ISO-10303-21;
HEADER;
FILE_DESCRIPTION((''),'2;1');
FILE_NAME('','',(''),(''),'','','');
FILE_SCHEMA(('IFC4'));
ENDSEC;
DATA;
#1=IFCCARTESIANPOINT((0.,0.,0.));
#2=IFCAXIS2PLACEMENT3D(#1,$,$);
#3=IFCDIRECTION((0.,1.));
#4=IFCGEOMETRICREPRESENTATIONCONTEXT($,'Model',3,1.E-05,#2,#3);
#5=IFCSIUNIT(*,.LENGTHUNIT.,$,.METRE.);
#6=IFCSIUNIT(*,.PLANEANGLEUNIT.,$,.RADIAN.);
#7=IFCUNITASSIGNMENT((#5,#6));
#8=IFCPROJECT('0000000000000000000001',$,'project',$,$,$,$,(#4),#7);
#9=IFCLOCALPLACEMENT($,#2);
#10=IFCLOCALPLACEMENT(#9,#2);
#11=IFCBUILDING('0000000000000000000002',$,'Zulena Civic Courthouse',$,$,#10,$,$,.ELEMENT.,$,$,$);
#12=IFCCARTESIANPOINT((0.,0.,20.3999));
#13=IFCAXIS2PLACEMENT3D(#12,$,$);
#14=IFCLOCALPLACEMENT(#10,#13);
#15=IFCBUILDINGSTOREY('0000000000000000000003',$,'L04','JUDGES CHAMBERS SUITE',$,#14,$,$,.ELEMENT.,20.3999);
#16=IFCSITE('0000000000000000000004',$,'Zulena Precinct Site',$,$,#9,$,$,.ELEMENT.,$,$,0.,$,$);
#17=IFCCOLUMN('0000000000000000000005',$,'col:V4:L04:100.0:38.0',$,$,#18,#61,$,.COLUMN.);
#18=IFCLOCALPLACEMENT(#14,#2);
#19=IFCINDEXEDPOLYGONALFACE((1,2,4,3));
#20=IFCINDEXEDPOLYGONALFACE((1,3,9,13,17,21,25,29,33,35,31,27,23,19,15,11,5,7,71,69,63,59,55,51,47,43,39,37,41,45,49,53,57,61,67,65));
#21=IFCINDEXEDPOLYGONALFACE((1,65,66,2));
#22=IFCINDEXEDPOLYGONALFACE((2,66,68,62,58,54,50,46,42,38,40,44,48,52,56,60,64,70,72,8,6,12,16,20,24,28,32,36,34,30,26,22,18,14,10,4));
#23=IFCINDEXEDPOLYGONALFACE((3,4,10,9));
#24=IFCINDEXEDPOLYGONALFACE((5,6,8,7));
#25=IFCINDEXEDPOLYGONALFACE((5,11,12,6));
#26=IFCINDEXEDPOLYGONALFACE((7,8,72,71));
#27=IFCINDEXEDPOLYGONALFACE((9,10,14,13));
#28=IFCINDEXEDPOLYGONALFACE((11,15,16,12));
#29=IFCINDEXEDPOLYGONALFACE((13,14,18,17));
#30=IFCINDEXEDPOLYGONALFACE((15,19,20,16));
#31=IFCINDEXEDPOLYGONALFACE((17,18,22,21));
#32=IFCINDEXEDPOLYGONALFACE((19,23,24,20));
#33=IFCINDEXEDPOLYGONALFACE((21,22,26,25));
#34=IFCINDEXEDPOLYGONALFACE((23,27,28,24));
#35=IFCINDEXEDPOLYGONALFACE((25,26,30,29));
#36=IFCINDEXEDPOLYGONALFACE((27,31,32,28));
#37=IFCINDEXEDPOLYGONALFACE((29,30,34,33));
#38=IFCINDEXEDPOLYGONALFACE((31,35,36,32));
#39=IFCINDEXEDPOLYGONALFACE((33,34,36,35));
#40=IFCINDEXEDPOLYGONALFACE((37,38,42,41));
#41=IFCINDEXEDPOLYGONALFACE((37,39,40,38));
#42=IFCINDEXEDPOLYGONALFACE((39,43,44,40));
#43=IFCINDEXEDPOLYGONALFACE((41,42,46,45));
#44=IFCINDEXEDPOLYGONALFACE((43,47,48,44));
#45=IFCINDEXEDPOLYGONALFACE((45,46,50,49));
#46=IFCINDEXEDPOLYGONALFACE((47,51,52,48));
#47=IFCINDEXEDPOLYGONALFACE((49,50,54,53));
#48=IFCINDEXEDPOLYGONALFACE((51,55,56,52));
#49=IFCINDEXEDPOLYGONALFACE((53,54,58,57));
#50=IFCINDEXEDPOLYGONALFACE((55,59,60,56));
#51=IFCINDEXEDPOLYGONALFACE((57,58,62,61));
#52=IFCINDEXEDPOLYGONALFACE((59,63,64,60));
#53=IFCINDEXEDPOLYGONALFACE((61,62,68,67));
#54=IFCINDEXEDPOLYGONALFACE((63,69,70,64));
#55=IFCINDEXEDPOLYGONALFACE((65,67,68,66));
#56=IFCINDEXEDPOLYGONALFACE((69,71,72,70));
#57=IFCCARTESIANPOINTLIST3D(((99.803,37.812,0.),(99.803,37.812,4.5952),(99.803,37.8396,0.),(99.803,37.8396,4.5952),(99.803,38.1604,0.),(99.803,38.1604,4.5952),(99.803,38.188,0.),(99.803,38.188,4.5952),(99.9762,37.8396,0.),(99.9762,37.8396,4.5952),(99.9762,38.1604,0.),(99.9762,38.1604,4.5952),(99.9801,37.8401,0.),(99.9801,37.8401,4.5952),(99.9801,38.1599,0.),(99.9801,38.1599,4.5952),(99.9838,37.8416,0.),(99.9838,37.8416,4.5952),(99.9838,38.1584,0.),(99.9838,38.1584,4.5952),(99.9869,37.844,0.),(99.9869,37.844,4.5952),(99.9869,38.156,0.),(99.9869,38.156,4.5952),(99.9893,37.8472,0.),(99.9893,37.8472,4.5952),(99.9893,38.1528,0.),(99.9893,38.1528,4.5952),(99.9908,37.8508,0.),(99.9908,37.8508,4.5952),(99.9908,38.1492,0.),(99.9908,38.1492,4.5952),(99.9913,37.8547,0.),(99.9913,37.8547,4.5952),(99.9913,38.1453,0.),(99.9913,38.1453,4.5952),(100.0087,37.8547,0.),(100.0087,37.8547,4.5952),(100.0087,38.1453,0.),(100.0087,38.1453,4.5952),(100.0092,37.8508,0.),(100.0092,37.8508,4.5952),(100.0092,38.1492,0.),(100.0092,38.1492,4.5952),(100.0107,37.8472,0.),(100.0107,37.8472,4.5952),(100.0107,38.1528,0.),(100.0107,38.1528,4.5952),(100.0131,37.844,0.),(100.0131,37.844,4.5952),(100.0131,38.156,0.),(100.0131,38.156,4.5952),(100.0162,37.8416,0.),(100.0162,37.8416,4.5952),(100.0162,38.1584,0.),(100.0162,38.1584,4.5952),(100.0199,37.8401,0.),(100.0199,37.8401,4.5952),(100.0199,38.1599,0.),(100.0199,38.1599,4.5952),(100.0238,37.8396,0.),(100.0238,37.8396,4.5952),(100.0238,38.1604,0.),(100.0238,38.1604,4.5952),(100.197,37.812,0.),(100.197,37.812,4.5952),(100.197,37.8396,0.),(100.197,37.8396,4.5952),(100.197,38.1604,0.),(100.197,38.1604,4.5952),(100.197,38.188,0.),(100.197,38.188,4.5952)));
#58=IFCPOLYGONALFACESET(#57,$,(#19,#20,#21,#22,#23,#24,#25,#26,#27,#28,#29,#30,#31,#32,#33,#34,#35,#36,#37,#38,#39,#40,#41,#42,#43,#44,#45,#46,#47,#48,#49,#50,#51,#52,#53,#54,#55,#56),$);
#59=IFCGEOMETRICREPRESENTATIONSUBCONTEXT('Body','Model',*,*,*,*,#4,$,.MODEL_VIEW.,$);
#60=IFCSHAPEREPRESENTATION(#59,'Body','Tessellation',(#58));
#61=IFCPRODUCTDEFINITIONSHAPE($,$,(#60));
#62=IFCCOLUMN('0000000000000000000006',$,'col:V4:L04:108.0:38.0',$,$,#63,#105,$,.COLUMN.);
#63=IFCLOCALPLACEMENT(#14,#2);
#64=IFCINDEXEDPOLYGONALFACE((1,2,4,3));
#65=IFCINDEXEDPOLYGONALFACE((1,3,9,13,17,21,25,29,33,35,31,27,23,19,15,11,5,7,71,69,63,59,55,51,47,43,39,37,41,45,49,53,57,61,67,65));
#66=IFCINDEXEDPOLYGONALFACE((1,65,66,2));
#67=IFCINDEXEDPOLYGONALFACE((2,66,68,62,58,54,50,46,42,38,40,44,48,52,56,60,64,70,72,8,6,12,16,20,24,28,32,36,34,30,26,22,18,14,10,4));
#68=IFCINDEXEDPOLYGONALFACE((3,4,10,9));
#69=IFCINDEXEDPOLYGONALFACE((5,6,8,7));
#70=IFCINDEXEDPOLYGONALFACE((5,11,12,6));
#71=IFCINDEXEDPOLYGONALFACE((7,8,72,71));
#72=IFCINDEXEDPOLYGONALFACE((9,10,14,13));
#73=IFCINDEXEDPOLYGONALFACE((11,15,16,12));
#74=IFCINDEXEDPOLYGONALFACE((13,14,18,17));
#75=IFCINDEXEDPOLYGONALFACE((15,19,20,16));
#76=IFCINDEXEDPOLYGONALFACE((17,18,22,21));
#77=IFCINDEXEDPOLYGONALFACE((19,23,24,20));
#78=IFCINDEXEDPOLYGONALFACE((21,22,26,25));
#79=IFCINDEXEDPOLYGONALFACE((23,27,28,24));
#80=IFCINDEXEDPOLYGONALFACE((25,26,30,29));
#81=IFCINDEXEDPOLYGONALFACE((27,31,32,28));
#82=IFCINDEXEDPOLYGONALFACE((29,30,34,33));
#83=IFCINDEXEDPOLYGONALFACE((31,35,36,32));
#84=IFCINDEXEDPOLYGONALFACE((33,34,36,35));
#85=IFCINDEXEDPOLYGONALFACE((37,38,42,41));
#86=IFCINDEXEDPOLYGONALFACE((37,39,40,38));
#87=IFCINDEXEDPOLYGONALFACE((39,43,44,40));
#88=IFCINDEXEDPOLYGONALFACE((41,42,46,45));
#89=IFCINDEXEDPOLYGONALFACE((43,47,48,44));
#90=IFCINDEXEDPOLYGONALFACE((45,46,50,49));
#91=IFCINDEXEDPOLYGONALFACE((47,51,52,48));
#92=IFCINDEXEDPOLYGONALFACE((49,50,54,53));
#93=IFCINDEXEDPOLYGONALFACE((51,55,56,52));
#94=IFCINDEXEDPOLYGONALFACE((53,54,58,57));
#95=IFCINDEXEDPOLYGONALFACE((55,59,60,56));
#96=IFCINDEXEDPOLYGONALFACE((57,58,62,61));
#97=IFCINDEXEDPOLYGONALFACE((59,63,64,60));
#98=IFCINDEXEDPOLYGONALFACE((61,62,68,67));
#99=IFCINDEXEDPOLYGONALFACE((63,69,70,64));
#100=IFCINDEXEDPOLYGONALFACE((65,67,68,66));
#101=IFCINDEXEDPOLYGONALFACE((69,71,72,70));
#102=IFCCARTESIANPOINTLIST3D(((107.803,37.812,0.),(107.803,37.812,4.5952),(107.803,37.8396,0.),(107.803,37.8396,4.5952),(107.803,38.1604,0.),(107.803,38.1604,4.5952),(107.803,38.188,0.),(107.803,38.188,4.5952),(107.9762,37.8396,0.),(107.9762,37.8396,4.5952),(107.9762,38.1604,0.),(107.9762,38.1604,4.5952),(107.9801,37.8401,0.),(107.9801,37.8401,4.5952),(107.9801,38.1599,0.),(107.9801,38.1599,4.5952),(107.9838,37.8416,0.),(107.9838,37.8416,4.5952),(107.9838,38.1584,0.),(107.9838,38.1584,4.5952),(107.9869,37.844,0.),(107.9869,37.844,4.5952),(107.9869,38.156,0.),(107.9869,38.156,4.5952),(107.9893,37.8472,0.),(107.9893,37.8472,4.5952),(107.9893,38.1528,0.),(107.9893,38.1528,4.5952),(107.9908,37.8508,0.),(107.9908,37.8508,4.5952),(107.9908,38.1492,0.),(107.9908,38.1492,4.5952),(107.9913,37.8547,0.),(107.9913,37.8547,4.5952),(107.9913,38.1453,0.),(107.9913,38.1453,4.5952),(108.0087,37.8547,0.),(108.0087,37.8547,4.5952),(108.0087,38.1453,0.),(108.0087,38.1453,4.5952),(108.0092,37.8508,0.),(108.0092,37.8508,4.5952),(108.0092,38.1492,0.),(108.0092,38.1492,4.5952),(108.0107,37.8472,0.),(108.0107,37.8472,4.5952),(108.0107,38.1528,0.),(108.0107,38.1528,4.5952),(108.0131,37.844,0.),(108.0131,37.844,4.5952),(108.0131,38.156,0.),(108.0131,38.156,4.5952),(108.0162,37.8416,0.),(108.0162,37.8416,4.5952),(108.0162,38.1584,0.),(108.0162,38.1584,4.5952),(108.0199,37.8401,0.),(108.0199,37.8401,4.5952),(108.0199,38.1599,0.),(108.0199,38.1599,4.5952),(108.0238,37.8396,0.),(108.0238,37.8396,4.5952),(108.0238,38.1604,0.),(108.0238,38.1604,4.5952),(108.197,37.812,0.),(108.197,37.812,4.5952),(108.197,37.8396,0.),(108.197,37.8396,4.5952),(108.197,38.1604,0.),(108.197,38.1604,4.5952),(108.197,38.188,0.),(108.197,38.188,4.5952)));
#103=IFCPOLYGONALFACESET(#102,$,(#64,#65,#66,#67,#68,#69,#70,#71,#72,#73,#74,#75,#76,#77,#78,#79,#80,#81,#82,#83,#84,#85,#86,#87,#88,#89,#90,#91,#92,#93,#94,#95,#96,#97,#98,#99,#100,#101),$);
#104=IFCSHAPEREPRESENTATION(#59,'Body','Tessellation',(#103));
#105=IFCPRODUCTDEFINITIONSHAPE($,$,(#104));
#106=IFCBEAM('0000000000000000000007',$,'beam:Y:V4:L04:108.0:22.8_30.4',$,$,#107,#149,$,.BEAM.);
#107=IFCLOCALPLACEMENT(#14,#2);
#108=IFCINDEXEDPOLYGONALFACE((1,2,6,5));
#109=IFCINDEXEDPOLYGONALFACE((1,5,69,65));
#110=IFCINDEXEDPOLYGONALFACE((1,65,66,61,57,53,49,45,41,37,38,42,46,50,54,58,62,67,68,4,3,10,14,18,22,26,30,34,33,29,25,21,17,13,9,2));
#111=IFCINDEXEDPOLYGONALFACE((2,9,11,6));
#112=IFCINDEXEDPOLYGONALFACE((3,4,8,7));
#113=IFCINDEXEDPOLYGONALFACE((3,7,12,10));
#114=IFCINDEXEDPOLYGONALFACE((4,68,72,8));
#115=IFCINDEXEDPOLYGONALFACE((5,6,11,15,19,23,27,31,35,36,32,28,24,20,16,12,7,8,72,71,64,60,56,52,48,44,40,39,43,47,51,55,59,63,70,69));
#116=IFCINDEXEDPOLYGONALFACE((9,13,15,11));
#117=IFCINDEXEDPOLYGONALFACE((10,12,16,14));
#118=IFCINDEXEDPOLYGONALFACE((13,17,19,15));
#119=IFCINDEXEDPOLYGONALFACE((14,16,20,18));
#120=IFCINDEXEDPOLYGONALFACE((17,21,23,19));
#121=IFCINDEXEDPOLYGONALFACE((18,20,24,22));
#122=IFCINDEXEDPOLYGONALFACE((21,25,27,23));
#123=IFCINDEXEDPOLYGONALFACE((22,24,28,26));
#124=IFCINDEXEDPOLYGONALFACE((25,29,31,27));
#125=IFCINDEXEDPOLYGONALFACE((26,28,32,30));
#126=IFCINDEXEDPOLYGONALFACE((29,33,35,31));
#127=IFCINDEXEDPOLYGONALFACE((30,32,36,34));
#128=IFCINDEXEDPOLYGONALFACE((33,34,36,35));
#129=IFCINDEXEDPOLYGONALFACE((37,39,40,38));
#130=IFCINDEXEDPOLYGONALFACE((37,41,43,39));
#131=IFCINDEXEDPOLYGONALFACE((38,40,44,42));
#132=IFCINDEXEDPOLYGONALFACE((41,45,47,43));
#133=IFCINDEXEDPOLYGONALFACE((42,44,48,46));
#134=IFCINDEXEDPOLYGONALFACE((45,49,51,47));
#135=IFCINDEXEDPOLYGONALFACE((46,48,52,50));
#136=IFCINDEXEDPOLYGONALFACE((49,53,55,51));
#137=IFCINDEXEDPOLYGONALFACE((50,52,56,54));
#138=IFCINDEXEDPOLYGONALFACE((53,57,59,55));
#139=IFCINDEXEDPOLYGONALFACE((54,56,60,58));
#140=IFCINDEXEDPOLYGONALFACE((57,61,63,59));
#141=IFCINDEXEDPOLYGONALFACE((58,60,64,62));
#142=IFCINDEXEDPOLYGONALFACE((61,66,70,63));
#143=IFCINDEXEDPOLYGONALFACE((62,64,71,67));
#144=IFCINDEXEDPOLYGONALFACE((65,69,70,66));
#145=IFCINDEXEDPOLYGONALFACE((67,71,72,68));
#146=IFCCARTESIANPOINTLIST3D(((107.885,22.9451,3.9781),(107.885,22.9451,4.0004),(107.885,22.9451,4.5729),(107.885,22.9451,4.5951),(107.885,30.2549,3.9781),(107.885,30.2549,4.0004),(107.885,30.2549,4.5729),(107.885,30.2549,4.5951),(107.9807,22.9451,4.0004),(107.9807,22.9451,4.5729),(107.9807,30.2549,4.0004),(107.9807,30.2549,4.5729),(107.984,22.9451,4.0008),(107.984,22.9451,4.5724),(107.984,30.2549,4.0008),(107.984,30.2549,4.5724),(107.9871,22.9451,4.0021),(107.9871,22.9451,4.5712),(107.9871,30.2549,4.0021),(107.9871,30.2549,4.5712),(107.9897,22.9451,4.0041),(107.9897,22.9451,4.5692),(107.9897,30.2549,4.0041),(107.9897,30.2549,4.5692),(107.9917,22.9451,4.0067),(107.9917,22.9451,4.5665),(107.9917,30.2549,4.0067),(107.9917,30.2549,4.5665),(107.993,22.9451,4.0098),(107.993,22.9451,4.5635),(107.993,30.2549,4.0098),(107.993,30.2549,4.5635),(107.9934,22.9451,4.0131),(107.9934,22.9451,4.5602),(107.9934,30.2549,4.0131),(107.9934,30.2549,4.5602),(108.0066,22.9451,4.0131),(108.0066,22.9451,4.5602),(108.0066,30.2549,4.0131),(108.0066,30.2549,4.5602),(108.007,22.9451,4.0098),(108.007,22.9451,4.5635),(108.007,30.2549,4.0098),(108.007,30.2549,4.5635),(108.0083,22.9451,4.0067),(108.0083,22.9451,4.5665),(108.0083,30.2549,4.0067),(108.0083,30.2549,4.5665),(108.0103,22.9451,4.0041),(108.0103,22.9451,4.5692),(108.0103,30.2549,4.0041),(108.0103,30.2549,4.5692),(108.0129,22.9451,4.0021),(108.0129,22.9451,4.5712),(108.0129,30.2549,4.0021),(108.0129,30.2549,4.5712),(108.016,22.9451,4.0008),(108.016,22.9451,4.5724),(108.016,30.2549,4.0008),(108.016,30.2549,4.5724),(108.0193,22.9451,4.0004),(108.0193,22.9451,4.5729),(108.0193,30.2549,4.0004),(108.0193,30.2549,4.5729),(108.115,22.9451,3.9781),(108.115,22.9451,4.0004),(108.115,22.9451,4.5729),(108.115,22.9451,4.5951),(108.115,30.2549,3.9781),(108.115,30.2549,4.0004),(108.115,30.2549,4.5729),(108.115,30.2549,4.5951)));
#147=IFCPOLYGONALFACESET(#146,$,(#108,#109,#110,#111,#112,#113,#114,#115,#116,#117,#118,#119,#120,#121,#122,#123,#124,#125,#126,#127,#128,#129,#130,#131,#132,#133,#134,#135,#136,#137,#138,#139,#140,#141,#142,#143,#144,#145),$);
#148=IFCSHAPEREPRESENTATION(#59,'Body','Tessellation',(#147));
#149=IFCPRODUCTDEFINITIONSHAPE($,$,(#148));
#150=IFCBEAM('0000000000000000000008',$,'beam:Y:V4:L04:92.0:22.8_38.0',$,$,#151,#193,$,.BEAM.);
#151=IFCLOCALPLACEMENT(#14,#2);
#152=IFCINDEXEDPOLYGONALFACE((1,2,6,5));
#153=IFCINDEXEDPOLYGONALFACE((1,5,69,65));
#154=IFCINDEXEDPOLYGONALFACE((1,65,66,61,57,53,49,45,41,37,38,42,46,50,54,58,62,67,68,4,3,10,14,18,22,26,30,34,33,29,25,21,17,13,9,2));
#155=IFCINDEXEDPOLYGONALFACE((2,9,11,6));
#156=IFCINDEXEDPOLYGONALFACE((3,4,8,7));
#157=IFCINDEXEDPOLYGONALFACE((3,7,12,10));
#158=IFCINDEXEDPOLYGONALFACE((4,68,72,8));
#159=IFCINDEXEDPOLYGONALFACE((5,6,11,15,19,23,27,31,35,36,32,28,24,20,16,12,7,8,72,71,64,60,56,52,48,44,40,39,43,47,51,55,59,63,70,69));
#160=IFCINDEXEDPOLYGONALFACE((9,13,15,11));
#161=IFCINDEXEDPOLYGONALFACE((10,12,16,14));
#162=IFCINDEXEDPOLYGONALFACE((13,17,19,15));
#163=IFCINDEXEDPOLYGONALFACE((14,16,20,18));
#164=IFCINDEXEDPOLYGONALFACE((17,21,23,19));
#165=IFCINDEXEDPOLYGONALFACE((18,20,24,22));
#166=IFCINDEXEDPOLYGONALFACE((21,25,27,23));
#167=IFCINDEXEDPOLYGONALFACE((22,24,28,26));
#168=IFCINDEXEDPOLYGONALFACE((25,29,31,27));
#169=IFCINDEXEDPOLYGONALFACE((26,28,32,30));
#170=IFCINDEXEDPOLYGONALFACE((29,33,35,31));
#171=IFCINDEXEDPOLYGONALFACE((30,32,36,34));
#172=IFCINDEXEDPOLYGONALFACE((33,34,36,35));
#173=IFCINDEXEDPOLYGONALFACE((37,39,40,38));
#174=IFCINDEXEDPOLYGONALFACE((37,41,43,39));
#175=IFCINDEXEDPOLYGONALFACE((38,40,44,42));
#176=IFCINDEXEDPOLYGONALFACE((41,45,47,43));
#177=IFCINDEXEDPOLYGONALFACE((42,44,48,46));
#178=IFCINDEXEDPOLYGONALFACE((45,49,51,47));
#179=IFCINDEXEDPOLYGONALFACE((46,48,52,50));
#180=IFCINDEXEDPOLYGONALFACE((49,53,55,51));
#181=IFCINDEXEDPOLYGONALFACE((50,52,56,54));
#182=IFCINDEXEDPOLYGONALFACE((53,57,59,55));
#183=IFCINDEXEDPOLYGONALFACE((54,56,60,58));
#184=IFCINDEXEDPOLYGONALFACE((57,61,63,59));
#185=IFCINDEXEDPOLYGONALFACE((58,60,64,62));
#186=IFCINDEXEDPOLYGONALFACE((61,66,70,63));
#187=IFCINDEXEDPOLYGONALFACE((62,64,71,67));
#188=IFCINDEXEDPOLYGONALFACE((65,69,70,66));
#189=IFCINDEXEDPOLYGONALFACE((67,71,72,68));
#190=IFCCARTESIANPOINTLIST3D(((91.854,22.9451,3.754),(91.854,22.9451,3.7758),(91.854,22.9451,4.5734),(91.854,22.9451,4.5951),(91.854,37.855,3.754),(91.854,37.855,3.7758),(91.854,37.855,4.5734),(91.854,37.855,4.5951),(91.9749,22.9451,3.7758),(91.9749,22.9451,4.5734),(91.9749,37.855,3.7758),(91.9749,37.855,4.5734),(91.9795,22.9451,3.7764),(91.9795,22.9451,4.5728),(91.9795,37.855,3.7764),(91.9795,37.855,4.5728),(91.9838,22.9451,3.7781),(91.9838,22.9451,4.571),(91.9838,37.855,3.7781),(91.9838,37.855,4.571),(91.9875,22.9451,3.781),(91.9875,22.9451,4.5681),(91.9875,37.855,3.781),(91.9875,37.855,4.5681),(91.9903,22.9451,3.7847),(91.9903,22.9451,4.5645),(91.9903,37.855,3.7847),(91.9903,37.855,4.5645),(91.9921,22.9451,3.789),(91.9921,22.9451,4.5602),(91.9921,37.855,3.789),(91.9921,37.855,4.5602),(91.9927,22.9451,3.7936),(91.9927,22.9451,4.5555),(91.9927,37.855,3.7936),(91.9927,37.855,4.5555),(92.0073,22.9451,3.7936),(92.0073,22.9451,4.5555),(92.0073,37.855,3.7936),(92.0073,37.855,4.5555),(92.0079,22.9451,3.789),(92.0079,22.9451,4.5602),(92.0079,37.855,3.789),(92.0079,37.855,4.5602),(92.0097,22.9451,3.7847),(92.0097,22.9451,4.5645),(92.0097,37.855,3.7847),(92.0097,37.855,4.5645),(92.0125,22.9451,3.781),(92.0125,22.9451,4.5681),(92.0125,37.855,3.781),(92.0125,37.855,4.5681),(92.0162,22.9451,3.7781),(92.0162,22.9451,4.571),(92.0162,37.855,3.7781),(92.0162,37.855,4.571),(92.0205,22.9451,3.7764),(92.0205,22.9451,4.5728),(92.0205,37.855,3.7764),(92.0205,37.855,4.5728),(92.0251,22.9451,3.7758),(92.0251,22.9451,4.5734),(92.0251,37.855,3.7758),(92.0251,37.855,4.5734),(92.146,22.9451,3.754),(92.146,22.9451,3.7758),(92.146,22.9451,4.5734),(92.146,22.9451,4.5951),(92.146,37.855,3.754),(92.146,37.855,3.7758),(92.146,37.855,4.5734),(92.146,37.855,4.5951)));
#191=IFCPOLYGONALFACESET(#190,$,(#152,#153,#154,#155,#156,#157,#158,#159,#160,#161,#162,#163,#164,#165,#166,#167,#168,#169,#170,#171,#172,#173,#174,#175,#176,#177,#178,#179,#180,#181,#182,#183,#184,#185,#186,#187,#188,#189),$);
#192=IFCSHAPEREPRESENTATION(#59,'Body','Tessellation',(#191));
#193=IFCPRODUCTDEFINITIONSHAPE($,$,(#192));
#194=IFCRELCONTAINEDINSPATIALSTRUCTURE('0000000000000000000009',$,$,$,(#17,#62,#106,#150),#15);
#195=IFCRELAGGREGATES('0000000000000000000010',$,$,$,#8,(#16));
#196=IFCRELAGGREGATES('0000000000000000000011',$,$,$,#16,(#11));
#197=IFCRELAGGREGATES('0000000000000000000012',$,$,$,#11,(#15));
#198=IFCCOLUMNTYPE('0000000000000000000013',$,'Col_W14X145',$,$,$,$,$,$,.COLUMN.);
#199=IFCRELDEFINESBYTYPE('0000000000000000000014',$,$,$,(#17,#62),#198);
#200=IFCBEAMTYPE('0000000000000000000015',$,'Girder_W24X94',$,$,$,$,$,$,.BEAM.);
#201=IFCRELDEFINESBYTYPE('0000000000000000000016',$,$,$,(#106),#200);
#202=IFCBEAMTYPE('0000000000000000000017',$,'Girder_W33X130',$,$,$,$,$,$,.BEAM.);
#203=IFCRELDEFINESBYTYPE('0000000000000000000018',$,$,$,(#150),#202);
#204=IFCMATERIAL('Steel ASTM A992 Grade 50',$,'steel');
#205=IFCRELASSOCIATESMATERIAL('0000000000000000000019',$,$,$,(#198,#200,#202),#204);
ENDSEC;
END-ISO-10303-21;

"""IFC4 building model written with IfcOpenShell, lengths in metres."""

from ifc_helpers import new_model, si_unit, direction, frame, origin, origin_2d, place, context, subcontext, project, spatial, i_section, extrude, material, material_profile, profile_set, type_object, element, save


model = new_model("IFC4")

# Units and contexts
model_context = context("Model", 3, precision=1e-05, world=origin(), true_north=direction((0.0, 1.0)))
body_context = subcontext(model_context, "Body", "Model", "MODEL_VIEW")
ifc_project = project(units=[si_unit("LENGTHUNIT", "METRE"), si_unit("PLANEANGLEUNIT", "RADIAN")], contexts=[model_context])

# Site, building, storey
site_placement = place(None, origin())
site = spatial("IfcSite", under=ifc_project, at=site_placement, Name="Zulena Precinct Site", CompositionType="ELEMENT", RefElevation=0.0)
building_placement = place(site_placement, origin())
building = spatial("IfcBuilding", under=site, at=building_placement, Name="Zulena Civic Courthouse", CompositionType="ELEMENT")
storey_placement = place(building_placement, frame((0.0, 0.0, 20.3999)))
storey = spatial("IfcBuildingStorey", under=building, at=storey_placement, Name="L04", Description="JUDGES CHAMBERS SUITE", CompositionType="ELEMENT", Elevation=20.3999)

# Columns
ifc_material_1 = material(Name="Steel ASTM A992 Grade 50", Category="steel")
ifc_material_profile_1 = material_profile(ifc_material_1, i_section(OverallWidth=0.394, OverallDepth=0.376, WebThickness=0.0173, FlangeThickness=0.0276, FilletRadius=0.0151, at=origin_2d()), Name="W14X145")
ifc_profile_set_1 = profile_set([ifc_material_profile_1], Name="Steel ASTM A992 Grade 50")
column_type_1 = type_object("IfcColumnType", Name="Col_W14X145", PredefinedType="COLUMN", material=ifc_profile_set_1)
for number, where, z_axis, x_axis, name in (
    (1, (100.0, 38.0, 0.0), (0.0, 0.0, 1.0), (1.0, 0.0, 0.0), "col:V4:L04:100.0:38.0"),
    (2, (108.0, 38.0, 0.0), (0.0, 0.0, 1.0), (1.0, 0.0, 0.0), "col:V4:L04:108.0:38.0"),
):
    element("IfcColumn", number, at=place(storey_placement, frame(where, z_axis=z_axis, x_axis=x_axis)), inside=storey, type_object=column_type_1, Name=name, PredefinedType="COLUMN", context=body_context, shape_type="SweptSolid", body=[
        extrude(i_section(OverallWidth=0.394, OverallDepth=0.376, WebThickness=0.0173, FlangeThickness=0.0276, FilletRadius=0.0151, at=origin_2d()), origin(), (0.0, 0.0, 1.0), 4.5952),
    ])

# Beams
ifc_material_profile_2 = material_profile(ifc_material_1, i_section(OverallWidth=0.23, OverallDepth=0.6169, WebThickness=0.0132, FlangeThickness=0.0222, FilletRadius=0.0127, at=origin_2d()), Name="W24X94")
ifc_profile_set_2 = profile_set([ifc_material_profile_2], Name="Steel ASTM A992 Grade 50")
beam_type_1 = type_object("IfcBeamType", Name="Girder_W24X94", PredefinedType="BEAM", material=ifc_profile_set_2)
beam_1_placement = place(storey_placement, frame((108.0, 22.9451, 4.2866), z_axis=(0.0, 1.0, 0.0), x_axis=(-1.0, 0.0, 0.0)))
element("IfcBeam", 3, at=beam_1_placement, inside=storey, type_object=beam_type_1, Name="beam:Y:V4:L04:108.0:22.8_30.4", PredefinedType="BEAM", context=body_context, shape_type="SweptSolid", body=[
    extrude(i_section(OverallWidth=0.23, OverallDepth=0.6169, WebThickness=0.0132, FlangeThickness=0.0222, FilletRadius=0.0127, at=origin_2d()), origin(), (0.0, 0.0, 1.0), 7.3098),
])
ifc_material_profile_3 = material_profile(ifc_material_1, i_section(OverallWidth=0.292, OverallDepth=0.8411, WebThickness=0.0146, FlangeThickness=0.0217, FilletRadius=0.0178, at=origin_2d()), Name="W33X130")
ifc_profile_set_3 = profile_set([ifc_material_profile_3], Name="Steel ASTM A992 Grade 50")
beam_type_2 = type_object("IfcBeamType", Name="Girder_W33X130", PredefinedType="BEAM", material=ifc_profile_set_3)
for number, where, z_axis, x_axis, name in (
    (4, (92.0, 22.9451, 4.1746), (0.0, 1.0, 0.0), (-1.0, 0.0, 0.0), "beam:Y:V4:L04:92.0:22.8_38.0"),
):
    element("IfcBeam", number, at=place(storey_placement, frame(where, z_axis=z_axis, x_axis=x_axis)), inside=storey, type_object=beam_type_2, Name=name, PredefinedType="BEAM", context=body_context, shape_type="SweptSolid", body=[
        extrude(i_section(OverallWidth=0.292, OverallDepth=0.8411, WebThickness=0.0146, FlangeThickness=0.0217, FilletRadius=0.0178, at=origin_2d()), origin(), (0.0, 0.0, 1.0), 14.9099),
    ])

save(model, "model.ifc")
